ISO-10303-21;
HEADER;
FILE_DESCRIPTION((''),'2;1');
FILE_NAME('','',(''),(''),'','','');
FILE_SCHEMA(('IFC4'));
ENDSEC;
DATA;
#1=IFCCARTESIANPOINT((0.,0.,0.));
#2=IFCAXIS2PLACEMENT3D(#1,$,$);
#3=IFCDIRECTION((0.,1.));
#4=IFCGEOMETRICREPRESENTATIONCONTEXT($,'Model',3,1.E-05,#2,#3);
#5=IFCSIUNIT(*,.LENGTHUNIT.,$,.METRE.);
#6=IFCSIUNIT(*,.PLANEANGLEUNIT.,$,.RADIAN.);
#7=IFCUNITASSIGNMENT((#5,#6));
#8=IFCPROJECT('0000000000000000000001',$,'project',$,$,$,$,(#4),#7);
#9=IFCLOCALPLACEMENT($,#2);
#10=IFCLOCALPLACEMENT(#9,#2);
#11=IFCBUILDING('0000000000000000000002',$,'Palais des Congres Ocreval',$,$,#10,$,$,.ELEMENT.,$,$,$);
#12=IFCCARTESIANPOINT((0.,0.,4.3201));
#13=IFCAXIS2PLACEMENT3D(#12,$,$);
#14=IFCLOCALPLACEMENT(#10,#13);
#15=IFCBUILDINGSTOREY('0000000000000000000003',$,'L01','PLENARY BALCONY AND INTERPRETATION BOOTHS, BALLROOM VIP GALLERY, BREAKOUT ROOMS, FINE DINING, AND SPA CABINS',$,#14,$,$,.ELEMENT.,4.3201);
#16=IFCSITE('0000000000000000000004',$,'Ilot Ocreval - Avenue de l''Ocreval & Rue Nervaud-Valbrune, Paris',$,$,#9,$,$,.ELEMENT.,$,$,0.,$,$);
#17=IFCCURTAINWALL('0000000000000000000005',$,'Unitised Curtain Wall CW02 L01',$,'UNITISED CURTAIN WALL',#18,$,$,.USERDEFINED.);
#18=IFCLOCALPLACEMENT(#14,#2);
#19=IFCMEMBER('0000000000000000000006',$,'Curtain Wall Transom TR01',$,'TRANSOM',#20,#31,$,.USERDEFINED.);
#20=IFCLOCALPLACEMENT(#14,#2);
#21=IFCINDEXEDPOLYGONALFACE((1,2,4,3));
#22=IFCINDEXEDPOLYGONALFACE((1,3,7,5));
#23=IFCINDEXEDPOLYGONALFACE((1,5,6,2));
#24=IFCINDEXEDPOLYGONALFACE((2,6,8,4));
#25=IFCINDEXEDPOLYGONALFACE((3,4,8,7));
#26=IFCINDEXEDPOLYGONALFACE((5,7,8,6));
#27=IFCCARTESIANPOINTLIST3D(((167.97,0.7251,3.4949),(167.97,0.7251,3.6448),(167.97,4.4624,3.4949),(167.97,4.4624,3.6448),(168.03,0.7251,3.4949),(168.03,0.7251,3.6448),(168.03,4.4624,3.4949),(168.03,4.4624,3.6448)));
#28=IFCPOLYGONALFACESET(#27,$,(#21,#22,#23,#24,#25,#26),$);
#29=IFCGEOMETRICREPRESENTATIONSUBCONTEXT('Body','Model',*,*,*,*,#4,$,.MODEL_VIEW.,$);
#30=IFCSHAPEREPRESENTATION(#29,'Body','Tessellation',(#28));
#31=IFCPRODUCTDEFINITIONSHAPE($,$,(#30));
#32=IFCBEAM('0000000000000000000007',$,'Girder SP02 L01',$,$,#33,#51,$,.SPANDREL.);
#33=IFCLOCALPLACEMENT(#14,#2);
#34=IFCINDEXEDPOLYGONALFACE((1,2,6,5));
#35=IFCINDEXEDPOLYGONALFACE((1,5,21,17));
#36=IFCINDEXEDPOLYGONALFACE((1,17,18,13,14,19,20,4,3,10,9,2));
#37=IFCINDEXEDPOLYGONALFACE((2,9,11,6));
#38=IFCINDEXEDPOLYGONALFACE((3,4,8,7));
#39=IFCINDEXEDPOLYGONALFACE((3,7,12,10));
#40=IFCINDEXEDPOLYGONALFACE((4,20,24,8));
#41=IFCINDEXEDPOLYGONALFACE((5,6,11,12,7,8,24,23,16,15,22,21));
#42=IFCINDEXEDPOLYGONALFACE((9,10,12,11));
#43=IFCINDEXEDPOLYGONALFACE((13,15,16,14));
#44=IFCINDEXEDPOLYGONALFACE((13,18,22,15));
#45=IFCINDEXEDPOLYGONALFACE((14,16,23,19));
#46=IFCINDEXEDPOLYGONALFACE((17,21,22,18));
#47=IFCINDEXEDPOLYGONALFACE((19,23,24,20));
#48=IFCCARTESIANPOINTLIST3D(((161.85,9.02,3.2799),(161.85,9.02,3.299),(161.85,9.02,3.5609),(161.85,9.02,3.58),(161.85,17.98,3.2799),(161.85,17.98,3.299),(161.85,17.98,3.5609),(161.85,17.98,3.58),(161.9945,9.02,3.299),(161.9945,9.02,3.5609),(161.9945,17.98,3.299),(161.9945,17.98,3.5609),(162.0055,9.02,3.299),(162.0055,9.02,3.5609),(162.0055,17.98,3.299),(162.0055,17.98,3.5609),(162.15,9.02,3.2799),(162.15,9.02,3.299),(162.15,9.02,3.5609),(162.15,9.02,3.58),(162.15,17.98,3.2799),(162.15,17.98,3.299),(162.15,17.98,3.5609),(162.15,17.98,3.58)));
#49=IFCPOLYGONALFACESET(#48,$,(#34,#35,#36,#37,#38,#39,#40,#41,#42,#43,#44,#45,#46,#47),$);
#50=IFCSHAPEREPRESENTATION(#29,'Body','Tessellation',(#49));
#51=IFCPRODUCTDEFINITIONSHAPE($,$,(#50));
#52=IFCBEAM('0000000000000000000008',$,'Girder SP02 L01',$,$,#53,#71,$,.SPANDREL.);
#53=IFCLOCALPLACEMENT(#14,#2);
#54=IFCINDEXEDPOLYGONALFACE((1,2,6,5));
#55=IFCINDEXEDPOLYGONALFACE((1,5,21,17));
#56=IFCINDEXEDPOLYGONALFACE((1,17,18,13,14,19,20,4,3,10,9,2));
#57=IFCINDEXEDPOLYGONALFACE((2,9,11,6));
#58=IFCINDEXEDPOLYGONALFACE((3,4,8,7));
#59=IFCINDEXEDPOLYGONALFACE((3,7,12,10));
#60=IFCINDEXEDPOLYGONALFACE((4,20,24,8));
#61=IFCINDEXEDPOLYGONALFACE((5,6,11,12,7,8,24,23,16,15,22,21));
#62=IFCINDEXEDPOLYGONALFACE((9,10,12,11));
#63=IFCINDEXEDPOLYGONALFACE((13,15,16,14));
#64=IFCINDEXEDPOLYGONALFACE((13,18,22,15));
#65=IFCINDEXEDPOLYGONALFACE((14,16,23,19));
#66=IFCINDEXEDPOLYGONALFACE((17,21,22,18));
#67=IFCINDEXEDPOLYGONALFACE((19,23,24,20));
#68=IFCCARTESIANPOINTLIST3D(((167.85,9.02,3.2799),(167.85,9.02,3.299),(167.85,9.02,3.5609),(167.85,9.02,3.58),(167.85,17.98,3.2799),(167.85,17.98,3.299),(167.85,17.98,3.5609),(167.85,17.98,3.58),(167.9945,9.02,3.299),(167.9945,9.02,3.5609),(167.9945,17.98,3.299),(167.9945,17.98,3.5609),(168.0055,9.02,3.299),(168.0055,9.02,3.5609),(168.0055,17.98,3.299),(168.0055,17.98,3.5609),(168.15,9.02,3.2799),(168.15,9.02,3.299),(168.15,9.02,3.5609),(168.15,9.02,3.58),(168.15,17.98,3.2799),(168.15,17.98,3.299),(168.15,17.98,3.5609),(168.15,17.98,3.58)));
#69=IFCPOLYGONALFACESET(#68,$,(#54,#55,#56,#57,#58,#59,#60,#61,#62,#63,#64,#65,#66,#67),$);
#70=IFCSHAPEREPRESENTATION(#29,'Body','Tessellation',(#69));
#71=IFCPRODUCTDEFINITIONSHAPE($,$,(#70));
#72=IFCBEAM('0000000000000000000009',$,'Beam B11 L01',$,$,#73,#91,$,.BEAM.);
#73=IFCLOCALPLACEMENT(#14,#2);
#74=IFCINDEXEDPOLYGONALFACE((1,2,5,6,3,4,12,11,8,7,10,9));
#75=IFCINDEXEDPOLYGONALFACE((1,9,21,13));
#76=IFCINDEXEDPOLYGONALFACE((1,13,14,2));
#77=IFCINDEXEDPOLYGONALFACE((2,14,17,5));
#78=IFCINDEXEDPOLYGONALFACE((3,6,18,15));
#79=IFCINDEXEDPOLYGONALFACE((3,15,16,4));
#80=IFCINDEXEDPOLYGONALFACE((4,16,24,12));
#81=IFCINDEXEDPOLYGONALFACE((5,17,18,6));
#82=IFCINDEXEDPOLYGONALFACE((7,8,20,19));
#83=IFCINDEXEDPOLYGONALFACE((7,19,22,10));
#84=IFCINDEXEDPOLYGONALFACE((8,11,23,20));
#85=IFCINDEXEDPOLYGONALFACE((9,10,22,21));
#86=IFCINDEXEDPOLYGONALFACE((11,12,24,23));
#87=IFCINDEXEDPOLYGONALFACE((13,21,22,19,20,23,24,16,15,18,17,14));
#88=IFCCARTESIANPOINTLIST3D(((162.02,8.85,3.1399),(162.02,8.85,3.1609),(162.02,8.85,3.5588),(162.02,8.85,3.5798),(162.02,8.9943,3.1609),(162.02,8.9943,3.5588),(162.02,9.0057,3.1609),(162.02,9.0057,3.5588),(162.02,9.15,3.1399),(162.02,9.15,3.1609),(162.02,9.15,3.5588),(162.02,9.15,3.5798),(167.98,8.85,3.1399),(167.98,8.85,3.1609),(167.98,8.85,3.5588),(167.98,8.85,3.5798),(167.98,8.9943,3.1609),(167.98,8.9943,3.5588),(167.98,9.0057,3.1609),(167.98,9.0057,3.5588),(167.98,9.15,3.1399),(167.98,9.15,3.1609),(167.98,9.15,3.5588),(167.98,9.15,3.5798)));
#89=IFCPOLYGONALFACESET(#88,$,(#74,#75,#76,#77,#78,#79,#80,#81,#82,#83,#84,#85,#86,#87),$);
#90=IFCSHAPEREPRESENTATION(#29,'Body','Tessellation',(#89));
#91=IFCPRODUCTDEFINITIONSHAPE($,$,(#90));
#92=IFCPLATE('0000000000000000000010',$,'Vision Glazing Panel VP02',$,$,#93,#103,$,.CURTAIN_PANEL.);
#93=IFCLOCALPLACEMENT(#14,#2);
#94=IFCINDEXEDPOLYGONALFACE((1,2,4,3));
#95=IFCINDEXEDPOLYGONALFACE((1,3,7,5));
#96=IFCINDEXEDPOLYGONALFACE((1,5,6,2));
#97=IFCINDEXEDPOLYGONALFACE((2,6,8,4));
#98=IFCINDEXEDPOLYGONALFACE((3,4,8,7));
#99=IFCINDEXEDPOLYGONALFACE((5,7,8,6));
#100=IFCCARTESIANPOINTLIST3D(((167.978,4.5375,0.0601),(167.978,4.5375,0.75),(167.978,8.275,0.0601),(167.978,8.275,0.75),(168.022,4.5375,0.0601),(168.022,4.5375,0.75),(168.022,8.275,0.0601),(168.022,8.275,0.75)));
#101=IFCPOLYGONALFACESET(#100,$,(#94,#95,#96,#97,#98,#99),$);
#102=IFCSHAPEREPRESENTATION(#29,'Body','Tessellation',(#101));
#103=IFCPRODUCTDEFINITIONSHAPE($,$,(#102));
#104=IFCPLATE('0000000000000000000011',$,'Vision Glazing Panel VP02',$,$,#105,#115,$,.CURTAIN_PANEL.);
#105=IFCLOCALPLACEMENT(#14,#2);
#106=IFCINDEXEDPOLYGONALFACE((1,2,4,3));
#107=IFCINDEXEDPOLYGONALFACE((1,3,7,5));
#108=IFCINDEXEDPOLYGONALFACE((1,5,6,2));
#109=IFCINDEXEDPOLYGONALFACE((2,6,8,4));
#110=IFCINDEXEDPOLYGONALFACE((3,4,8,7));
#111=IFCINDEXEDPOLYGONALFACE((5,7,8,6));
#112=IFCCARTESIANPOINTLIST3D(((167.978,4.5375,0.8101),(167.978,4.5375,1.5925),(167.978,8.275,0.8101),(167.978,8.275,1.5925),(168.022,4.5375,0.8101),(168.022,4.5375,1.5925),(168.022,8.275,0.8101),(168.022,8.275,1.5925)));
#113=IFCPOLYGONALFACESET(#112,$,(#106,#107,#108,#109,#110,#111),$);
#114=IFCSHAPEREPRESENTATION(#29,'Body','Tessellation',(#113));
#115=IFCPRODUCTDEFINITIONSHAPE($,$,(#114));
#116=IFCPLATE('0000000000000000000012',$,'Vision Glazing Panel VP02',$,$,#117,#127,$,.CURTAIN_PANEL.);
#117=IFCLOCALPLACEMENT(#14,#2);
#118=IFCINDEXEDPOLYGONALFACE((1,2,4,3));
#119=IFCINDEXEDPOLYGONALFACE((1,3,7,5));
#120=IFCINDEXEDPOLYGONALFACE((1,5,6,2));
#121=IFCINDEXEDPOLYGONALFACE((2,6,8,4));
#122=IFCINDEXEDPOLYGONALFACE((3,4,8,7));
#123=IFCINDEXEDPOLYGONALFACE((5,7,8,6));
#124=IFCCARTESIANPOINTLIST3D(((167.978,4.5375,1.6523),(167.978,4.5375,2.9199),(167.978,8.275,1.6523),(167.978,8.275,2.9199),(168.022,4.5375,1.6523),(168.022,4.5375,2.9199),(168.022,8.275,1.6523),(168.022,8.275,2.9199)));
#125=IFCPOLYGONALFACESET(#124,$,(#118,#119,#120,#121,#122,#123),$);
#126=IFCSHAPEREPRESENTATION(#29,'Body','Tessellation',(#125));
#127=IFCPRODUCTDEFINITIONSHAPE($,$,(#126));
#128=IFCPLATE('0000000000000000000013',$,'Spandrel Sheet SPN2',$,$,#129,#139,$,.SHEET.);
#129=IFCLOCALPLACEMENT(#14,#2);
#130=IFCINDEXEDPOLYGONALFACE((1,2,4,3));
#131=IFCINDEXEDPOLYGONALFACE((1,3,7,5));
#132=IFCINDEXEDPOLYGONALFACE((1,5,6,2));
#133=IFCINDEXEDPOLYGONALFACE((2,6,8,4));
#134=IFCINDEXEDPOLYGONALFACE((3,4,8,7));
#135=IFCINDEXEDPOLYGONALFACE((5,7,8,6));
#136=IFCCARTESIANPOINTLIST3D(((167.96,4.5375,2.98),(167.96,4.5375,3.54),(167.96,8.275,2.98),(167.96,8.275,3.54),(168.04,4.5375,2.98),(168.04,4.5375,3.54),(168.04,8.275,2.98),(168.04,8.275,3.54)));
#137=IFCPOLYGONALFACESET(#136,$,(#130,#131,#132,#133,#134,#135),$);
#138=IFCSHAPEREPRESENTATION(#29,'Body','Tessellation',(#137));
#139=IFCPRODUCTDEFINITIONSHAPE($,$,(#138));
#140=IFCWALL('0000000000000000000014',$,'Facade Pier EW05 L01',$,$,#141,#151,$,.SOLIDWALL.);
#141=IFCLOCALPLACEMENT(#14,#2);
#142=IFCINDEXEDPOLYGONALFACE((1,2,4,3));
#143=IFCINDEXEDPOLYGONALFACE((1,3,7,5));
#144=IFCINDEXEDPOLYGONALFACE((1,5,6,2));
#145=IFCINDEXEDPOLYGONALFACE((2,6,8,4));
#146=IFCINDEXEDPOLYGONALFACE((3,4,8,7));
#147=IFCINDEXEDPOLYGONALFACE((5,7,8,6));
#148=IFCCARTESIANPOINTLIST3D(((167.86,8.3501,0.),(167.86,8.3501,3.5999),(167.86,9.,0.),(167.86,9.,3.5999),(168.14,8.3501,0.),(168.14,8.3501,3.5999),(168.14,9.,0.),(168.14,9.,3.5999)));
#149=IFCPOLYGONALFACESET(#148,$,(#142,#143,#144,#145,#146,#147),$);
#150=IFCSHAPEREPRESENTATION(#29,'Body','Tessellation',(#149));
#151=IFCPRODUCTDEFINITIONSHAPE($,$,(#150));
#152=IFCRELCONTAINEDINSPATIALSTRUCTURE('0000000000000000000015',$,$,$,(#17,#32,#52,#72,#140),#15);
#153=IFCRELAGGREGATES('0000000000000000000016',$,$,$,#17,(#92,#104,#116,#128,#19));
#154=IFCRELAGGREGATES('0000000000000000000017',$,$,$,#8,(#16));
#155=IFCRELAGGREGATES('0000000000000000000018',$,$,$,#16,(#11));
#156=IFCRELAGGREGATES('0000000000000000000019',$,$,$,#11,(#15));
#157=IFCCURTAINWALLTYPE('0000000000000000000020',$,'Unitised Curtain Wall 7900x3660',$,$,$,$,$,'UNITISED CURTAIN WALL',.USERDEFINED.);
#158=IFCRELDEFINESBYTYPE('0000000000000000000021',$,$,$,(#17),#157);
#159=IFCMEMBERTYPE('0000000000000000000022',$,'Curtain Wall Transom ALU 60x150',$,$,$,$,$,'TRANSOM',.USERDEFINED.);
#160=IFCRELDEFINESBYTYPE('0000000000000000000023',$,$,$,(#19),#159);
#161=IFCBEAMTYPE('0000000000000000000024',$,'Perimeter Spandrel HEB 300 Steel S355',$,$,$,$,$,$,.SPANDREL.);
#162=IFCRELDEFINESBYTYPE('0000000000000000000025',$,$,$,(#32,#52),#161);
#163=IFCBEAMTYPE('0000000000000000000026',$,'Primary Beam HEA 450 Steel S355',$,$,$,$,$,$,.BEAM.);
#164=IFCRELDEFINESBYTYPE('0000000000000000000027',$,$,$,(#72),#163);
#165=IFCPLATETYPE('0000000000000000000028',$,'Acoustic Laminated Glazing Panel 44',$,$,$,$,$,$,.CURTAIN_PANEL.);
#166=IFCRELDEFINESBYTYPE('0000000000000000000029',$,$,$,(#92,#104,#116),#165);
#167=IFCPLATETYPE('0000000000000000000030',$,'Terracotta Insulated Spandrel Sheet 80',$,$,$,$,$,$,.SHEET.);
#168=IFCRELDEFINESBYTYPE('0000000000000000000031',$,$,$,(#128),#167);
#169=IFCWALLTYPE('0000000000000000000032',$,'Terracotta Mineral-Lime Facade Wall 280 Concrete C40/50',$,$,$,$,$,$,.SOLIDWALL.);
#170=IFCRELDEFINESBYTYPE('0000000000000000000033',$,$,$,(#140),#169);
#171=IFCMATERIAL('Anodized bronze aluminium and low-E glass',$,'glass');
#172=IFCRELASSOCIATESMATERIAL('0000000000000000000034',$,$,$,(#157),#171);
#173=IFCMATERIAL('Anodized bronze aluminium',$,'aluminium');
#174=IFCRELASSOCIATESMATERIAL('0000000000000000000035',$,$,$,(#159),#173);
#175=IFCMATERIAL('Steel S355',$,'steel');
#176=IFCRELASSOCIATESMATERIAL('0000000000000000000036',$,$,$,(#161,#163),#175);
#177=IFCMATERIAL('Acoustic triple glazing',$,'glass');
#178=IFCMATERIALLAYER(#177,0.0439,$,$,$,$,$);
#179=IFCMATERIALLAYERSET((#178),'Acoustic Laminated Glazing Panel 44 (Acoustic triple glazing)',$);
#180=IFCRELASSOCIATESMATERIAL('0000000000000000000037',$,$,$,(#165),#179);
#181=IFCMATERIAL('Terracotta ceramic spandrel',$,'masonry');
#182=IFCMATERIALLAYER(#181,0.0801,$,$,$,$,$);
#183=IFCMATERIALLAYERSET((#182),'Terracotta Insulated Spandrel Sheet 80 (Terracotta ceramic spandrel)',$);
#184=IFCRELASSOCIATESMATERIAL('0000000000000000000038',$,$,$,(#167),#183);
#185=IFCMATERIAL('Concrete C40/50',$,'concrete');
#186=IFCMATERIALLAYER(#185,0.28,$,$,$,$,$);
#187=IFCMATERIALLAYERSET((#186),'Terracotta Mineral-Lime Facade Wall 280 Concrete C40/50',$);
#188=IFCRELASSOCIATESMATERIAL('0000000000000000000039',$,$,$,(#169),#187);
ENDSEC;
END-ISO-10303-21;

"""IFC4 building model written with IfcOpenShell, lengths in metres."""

from ifc_helpers import new_model, si_unit, direction, frame, frame_2d, origin, origin_2d, place, context, subcontext, project, spatial, rectangle, i_section, extrude, material, layer, layer_set, material_profile, profile_set, type_object, element, aggregate, save


model = new_model("IFC4")

# Units and contexts
model_context = context("Model", 3, precision=1e-05, world=origin(), true_north=direction((0.0, 1.0)))
body_context = subcontext(model_context, "Body", "Model", "MODEL_VIEW")
ifc_project = project(units=[si_unit("LENGTHUNIT", "METRE"), si_unit("PLANEANGLEUNIT", "RADIAN")], contexts=[model_context])

# Site, building, storey
site_placement = place(None, origin())
site = spatial("IfcSite", under=ifc_project, at=site_placement, Name="Ilot Ocreval - Avenue de l'Ocreval & Rue Nervaud-Valbrune, Paris", CompositionType="ELEMENT", RefElevation=0.0)
building_placement = place(site_placement, origin())
building = spatial("IfcBuilding", under=site, at=building_placement, Name="Palais des Congres Ocreval", CompositionType="ELEMENT")
storey_placement = place(building_placement, frame((0.0, 0.0, 4.3201)))
storey = spatial("IfcBuildingStorey", under=building, at=storey_placement, Name="L01", Description="PLENARY BALCONY AND INTERPRETATION BOOTHS, BALLROOM VIP GALLERY, BREAKOUT ROOMS, FINE DINING, AND SPA CABINS", CompositionType="ELEMENT", Elevation=4.3201)

# Shared definitions
ifc_material_1 = material(Name="Steel S355", Category="steel")

# Curtain wall, member
ifc_material_2 = material(Name="Anodized bronze aluminium and low-E glass", Category="glass")
curtain_wall_type = type_object("IfcCurtainWallType", Name="Unitised Curtain Wall 7900x3660", ElementType="UNITISED CURTAIN WALL", PredefinedType="USERDEFINED", material=ifc_material_2)
curtain_wall_placement = place(storey_placement, origin())
curtain_wall = element("IfcCurtainWall", 1, at=curtain_wall_placement, inside=storey, type_object=curtain_wall_type, Name="Unitised Curtain Wall CW02 L01", ObjectType="UNITISED CURTAIN WALL", PredefinedType="USERDEFINED")
ifc_material_3 = material(Name="Anodized bronze aluminium", Category="aluminium")
ifc_material_profile_1 = material_profile(ifc_material_3, rectangle(XDim=0.0601, YDim=0.1499, at=origin_2d()), Name="ALU 60x150")
ifc_profile_set_1 = profile_set([ifc_material_profile_1], Name="Anodized bronze aluminium")
member_type_1 = type_object("IfcMemberType", Name="Curtain Wall Transom ALU 60x150", ElementType="TRANSOM", PredefinedType="USERDEFINED", material=ifc_profile_set_1)
member_1_placement = place(storey_placement, frame((168.0, 4.4624, 3.5698), z_axis=(0.0, -1.0, 0.0), x_axis=(1.0, 0.0, 0.0)))
member_1 = element("IfcMember", 2, at=member_1_placement, type_object=member_type_1, Name="Curtain Wall Transom TR01", ObjectType="TRANSOM", PredefinedType="USERDEFINED", context=body_context, shape_type="SweptSolid", body=[
    extrude(rectangle(XDim=0.0601, YDim=0.1499, at=origin_2d()), origin(), (0.0, 0.0, 1.0), 3.7373),
])

# Beams
ifc_material_profile_2 = material_profile(ifc_material_1, i_section(OverallWidth=0.3, OverallDepth=0.3, WebThickness=0.011, FlangeThickness=0.019, at=origin_2d()), Name="HEB 300")
ifc_profile_set_2 = profile_set([ifc_material_profile_2], Name="Steel S355")
beam_type_1 = type_object("IfcBeamType", Name="Perimeter Spandrel HEB 300 Steel S355", PredefinedType="SPANDREL", material=ifc_profile_set_2)
for number, where, z_axis, x_axis, name in (
    (3, (162.0, 9.02, 3.4299), (0.0, 1.0, 0.0), (-1.0, 0.0, 0.0), "Girder SP02 L01"),
    (4, (168.0, 9.02, 3.4299), (0.0, 1.0, 0.0), (-1.0, 0.0, 0.0), "Girder SP02 L01"),
):
    element("IfcBeam", number, at=place(storey_placement, frame(where, z_axis=z_axis, x_axis=x_axis)), inside=storey, type_object=beam_type_1, Name=name, PredefinedType="SPANDREL", context=body_context, shape_type="SweptSolid", body=[
        extrude(i_section(OverallWidth=0.3, OverallDepth=0.3, WebThickness=0.011, FlangeThickness=0.019, at=origin_2d()), origin(), (0.0, 0.0, 1.0), 8.96),
    ])
ifc_material_profile_3 = material_profile(ifc_material_1, i_section(OverallWidth=0.3, OverallDepth=0.4399, WebThickness=0.0115, FlangeThickness=0.021, at=origin_2d()), Name="HEA 450")
ifc_profile_set_3 = profile_set([ifc_material_profile_3], Name="Steel S355")
beam_type_2 = type_object("IfcBeamType", Name="Primary Beam HEA 450 Steel S355", PredefinedType="BEAM", material=ifc_profile_set_3)
beam_placement = place(storey_placement, frame((162.02, 9.0, 3.3599), z_axis=(1.0, 0.0, 0.0), x_axis=(0.0, 1.0, 0.0)))
element("IfcBeam", 5, at=beam_placement, inside=storey, type_object=beam_type_2, Name="Beam B11 L01", PredefinedType="BEAM", context=body_context, shape_type="SweptSolid", body=[
    extrude(i_section(OverallWidth=0.3, OverallDepth=0.4399, WebThickness=0.0115, FlangeThickness=0.021, at=origin_2d()), origin(), (0.0, 0.0, 1.0), 5.96),
])

# Plates
ifc_material_4 = material(Name="Acoustic triple glazing", Category="glass")
ifc_layer_1 = layer(ifc_material_4, 0.0439)
ifc_layer_set_1 = layer_set([ifc_layer_1], Name="Acoustic Laminated Glazing Panel 44 (Acoustic triple glazing)")
plate_type_1 = type_object("IfcPlateType", Name="Acoustic Laminated Glazing Panel 44", PredefinedType="CURTAIN_PANEL", material=ifc_layer_set_1)
plate_1_placement = place(storey_placement, frame((168.0, 6.4062, 0.0601), z_axis=(0.0, 0.0, 1.0), x_axis=(0.0, -1.0, 0.0)))
plate_1 = element("IfcPlate", 6, at=plate_1_placement, type_object=plate_type_1, Name="Vision Glazing Panel VP02", PredefinedType="CURTAIN_PANEL", context=body_context, shape_type="SweptSolid", body=[
    extrude(rectangle(XDim=3.7375, YDim=0.0439, at=origin_2d()), origin(), (0.0, 0.0, 1.0), 0.6899),
])
plate_2_placement = place(storey_placement, frame((168.0, 6.4062, 0.8101), z_axis=(0.0, 0.0, 1.0), x_axis=(0.0, -1.0, 0.0)))
plate_2 = element("IfcPlate", 7, at=plate_2_placement, type_object=plate_type_1, Name="Vision Glazing Panel VP02", PredefinedType="CURTAIN_PANEL", context=body_context, shape_type="SweptSolid", body=[
    extrude(rectangle(XDim=3.7375, YDim=0.0439, at=origin_2d()), origin(), (0.0, 0.0, 1.0), 0.7825),
])
plate_3_placement = place(storey_placement, frame((168.0, 6.4062, 1.6523), z_axis=(0.0, 0.0, 1.0), x_axis=(0.0, -1.0, 0.0)))
plate_3 = element("IfcPlate", 8, at=plate_3_placement, type_object=plate_type_1, Name="Vision Glazing Panel VP02", PredefinedType="CURTAIN_PANEL", context=body_context, shape_type="SweptSolid", body=[
    extrude(rectangle(XDim=3.7375, YDim=0.0439, at=origin_2d()), origin(), (0.0, 0.0, 1.0), 1.2676),
])
ifc_material_5 = material(Name="Terracotta ceramic spandrel", Category="masonry")
ifc_layer_2 = layer(ifc_material_5, 0.0801)
ifc_layer_set_2 = layer_set([ifc_layer_2], Name="Terracotta Insulated Spandrel Sheet 80 (Terracotta ceramic spandrel)")
plate_type_2 = type_object("IfcPlateType", Name="Terracotta Insulated Spandrel Sheet 80", PredefinedType="SHEET", material=ifc_layer_set_2)
plate_4_placement = place(storey_placement, frame((168.0, 6.4062, 2.98), z_axis=(0.0, 0.0, 1.0), x_axis=(0.0, -1.0, 0.0)))
plate_4 = element("IfcPlate", 9, at=plate_4_placement, type_object=plate_type_2, Name="Spandrel Sheet SPN2", PredefinedType="SHEET", context=body_context, shape_type="SweptSolid", body=[
    extrude(rectangle(XDim=3.7375, YDim=0.0801, at=origin_2d()), origin(), (0.0, 0.0, 1.0), 0.5601),
])
aggregate(curtain_wall, [plate_1, plate_2, plate_3, plate_4, member_1])

# Wall
ifc_material_6 = material(Name="Concrete C40/50", Category="concrete")
ifc_layer_3 = layer(ifc_material_6, 0.28)
ifc_layer_set_3 = layer_set([ifc_layer_3], Name="Terracotta Mineral-Lime Facade Wall 280 Concrete C40/50")
wall_type = type_object("IfcWallType", Name="Terracotta Mineral-Lime Facade Wall 280 Concrete C40/50", PredefinedType="SOLIDWALL", material=ifc_layer_set_3)
wall_placement = place(storey_placement, frame((168.0, 9.0, 0.0), z_axis=(0.0, 0.0, 1.0), x_axis=(0.0, -1.0, 0.0)))
element("IfcWall", 10, at=wall_placement, inside=storey, type_object=wall_type, Name="Facade Pier EW05 L01", PredefinedType="SOLIDWALL", context=body_context, shape_type="SweptSolid", body=[
    extrude(rectangle(XDim=0.6499, YDim=0.28, at=frame_2d((0.325, 0.0))), origin(), (0.0, 0.0, 1.0), 3.5999),
])

save(model, "model.ifc")
